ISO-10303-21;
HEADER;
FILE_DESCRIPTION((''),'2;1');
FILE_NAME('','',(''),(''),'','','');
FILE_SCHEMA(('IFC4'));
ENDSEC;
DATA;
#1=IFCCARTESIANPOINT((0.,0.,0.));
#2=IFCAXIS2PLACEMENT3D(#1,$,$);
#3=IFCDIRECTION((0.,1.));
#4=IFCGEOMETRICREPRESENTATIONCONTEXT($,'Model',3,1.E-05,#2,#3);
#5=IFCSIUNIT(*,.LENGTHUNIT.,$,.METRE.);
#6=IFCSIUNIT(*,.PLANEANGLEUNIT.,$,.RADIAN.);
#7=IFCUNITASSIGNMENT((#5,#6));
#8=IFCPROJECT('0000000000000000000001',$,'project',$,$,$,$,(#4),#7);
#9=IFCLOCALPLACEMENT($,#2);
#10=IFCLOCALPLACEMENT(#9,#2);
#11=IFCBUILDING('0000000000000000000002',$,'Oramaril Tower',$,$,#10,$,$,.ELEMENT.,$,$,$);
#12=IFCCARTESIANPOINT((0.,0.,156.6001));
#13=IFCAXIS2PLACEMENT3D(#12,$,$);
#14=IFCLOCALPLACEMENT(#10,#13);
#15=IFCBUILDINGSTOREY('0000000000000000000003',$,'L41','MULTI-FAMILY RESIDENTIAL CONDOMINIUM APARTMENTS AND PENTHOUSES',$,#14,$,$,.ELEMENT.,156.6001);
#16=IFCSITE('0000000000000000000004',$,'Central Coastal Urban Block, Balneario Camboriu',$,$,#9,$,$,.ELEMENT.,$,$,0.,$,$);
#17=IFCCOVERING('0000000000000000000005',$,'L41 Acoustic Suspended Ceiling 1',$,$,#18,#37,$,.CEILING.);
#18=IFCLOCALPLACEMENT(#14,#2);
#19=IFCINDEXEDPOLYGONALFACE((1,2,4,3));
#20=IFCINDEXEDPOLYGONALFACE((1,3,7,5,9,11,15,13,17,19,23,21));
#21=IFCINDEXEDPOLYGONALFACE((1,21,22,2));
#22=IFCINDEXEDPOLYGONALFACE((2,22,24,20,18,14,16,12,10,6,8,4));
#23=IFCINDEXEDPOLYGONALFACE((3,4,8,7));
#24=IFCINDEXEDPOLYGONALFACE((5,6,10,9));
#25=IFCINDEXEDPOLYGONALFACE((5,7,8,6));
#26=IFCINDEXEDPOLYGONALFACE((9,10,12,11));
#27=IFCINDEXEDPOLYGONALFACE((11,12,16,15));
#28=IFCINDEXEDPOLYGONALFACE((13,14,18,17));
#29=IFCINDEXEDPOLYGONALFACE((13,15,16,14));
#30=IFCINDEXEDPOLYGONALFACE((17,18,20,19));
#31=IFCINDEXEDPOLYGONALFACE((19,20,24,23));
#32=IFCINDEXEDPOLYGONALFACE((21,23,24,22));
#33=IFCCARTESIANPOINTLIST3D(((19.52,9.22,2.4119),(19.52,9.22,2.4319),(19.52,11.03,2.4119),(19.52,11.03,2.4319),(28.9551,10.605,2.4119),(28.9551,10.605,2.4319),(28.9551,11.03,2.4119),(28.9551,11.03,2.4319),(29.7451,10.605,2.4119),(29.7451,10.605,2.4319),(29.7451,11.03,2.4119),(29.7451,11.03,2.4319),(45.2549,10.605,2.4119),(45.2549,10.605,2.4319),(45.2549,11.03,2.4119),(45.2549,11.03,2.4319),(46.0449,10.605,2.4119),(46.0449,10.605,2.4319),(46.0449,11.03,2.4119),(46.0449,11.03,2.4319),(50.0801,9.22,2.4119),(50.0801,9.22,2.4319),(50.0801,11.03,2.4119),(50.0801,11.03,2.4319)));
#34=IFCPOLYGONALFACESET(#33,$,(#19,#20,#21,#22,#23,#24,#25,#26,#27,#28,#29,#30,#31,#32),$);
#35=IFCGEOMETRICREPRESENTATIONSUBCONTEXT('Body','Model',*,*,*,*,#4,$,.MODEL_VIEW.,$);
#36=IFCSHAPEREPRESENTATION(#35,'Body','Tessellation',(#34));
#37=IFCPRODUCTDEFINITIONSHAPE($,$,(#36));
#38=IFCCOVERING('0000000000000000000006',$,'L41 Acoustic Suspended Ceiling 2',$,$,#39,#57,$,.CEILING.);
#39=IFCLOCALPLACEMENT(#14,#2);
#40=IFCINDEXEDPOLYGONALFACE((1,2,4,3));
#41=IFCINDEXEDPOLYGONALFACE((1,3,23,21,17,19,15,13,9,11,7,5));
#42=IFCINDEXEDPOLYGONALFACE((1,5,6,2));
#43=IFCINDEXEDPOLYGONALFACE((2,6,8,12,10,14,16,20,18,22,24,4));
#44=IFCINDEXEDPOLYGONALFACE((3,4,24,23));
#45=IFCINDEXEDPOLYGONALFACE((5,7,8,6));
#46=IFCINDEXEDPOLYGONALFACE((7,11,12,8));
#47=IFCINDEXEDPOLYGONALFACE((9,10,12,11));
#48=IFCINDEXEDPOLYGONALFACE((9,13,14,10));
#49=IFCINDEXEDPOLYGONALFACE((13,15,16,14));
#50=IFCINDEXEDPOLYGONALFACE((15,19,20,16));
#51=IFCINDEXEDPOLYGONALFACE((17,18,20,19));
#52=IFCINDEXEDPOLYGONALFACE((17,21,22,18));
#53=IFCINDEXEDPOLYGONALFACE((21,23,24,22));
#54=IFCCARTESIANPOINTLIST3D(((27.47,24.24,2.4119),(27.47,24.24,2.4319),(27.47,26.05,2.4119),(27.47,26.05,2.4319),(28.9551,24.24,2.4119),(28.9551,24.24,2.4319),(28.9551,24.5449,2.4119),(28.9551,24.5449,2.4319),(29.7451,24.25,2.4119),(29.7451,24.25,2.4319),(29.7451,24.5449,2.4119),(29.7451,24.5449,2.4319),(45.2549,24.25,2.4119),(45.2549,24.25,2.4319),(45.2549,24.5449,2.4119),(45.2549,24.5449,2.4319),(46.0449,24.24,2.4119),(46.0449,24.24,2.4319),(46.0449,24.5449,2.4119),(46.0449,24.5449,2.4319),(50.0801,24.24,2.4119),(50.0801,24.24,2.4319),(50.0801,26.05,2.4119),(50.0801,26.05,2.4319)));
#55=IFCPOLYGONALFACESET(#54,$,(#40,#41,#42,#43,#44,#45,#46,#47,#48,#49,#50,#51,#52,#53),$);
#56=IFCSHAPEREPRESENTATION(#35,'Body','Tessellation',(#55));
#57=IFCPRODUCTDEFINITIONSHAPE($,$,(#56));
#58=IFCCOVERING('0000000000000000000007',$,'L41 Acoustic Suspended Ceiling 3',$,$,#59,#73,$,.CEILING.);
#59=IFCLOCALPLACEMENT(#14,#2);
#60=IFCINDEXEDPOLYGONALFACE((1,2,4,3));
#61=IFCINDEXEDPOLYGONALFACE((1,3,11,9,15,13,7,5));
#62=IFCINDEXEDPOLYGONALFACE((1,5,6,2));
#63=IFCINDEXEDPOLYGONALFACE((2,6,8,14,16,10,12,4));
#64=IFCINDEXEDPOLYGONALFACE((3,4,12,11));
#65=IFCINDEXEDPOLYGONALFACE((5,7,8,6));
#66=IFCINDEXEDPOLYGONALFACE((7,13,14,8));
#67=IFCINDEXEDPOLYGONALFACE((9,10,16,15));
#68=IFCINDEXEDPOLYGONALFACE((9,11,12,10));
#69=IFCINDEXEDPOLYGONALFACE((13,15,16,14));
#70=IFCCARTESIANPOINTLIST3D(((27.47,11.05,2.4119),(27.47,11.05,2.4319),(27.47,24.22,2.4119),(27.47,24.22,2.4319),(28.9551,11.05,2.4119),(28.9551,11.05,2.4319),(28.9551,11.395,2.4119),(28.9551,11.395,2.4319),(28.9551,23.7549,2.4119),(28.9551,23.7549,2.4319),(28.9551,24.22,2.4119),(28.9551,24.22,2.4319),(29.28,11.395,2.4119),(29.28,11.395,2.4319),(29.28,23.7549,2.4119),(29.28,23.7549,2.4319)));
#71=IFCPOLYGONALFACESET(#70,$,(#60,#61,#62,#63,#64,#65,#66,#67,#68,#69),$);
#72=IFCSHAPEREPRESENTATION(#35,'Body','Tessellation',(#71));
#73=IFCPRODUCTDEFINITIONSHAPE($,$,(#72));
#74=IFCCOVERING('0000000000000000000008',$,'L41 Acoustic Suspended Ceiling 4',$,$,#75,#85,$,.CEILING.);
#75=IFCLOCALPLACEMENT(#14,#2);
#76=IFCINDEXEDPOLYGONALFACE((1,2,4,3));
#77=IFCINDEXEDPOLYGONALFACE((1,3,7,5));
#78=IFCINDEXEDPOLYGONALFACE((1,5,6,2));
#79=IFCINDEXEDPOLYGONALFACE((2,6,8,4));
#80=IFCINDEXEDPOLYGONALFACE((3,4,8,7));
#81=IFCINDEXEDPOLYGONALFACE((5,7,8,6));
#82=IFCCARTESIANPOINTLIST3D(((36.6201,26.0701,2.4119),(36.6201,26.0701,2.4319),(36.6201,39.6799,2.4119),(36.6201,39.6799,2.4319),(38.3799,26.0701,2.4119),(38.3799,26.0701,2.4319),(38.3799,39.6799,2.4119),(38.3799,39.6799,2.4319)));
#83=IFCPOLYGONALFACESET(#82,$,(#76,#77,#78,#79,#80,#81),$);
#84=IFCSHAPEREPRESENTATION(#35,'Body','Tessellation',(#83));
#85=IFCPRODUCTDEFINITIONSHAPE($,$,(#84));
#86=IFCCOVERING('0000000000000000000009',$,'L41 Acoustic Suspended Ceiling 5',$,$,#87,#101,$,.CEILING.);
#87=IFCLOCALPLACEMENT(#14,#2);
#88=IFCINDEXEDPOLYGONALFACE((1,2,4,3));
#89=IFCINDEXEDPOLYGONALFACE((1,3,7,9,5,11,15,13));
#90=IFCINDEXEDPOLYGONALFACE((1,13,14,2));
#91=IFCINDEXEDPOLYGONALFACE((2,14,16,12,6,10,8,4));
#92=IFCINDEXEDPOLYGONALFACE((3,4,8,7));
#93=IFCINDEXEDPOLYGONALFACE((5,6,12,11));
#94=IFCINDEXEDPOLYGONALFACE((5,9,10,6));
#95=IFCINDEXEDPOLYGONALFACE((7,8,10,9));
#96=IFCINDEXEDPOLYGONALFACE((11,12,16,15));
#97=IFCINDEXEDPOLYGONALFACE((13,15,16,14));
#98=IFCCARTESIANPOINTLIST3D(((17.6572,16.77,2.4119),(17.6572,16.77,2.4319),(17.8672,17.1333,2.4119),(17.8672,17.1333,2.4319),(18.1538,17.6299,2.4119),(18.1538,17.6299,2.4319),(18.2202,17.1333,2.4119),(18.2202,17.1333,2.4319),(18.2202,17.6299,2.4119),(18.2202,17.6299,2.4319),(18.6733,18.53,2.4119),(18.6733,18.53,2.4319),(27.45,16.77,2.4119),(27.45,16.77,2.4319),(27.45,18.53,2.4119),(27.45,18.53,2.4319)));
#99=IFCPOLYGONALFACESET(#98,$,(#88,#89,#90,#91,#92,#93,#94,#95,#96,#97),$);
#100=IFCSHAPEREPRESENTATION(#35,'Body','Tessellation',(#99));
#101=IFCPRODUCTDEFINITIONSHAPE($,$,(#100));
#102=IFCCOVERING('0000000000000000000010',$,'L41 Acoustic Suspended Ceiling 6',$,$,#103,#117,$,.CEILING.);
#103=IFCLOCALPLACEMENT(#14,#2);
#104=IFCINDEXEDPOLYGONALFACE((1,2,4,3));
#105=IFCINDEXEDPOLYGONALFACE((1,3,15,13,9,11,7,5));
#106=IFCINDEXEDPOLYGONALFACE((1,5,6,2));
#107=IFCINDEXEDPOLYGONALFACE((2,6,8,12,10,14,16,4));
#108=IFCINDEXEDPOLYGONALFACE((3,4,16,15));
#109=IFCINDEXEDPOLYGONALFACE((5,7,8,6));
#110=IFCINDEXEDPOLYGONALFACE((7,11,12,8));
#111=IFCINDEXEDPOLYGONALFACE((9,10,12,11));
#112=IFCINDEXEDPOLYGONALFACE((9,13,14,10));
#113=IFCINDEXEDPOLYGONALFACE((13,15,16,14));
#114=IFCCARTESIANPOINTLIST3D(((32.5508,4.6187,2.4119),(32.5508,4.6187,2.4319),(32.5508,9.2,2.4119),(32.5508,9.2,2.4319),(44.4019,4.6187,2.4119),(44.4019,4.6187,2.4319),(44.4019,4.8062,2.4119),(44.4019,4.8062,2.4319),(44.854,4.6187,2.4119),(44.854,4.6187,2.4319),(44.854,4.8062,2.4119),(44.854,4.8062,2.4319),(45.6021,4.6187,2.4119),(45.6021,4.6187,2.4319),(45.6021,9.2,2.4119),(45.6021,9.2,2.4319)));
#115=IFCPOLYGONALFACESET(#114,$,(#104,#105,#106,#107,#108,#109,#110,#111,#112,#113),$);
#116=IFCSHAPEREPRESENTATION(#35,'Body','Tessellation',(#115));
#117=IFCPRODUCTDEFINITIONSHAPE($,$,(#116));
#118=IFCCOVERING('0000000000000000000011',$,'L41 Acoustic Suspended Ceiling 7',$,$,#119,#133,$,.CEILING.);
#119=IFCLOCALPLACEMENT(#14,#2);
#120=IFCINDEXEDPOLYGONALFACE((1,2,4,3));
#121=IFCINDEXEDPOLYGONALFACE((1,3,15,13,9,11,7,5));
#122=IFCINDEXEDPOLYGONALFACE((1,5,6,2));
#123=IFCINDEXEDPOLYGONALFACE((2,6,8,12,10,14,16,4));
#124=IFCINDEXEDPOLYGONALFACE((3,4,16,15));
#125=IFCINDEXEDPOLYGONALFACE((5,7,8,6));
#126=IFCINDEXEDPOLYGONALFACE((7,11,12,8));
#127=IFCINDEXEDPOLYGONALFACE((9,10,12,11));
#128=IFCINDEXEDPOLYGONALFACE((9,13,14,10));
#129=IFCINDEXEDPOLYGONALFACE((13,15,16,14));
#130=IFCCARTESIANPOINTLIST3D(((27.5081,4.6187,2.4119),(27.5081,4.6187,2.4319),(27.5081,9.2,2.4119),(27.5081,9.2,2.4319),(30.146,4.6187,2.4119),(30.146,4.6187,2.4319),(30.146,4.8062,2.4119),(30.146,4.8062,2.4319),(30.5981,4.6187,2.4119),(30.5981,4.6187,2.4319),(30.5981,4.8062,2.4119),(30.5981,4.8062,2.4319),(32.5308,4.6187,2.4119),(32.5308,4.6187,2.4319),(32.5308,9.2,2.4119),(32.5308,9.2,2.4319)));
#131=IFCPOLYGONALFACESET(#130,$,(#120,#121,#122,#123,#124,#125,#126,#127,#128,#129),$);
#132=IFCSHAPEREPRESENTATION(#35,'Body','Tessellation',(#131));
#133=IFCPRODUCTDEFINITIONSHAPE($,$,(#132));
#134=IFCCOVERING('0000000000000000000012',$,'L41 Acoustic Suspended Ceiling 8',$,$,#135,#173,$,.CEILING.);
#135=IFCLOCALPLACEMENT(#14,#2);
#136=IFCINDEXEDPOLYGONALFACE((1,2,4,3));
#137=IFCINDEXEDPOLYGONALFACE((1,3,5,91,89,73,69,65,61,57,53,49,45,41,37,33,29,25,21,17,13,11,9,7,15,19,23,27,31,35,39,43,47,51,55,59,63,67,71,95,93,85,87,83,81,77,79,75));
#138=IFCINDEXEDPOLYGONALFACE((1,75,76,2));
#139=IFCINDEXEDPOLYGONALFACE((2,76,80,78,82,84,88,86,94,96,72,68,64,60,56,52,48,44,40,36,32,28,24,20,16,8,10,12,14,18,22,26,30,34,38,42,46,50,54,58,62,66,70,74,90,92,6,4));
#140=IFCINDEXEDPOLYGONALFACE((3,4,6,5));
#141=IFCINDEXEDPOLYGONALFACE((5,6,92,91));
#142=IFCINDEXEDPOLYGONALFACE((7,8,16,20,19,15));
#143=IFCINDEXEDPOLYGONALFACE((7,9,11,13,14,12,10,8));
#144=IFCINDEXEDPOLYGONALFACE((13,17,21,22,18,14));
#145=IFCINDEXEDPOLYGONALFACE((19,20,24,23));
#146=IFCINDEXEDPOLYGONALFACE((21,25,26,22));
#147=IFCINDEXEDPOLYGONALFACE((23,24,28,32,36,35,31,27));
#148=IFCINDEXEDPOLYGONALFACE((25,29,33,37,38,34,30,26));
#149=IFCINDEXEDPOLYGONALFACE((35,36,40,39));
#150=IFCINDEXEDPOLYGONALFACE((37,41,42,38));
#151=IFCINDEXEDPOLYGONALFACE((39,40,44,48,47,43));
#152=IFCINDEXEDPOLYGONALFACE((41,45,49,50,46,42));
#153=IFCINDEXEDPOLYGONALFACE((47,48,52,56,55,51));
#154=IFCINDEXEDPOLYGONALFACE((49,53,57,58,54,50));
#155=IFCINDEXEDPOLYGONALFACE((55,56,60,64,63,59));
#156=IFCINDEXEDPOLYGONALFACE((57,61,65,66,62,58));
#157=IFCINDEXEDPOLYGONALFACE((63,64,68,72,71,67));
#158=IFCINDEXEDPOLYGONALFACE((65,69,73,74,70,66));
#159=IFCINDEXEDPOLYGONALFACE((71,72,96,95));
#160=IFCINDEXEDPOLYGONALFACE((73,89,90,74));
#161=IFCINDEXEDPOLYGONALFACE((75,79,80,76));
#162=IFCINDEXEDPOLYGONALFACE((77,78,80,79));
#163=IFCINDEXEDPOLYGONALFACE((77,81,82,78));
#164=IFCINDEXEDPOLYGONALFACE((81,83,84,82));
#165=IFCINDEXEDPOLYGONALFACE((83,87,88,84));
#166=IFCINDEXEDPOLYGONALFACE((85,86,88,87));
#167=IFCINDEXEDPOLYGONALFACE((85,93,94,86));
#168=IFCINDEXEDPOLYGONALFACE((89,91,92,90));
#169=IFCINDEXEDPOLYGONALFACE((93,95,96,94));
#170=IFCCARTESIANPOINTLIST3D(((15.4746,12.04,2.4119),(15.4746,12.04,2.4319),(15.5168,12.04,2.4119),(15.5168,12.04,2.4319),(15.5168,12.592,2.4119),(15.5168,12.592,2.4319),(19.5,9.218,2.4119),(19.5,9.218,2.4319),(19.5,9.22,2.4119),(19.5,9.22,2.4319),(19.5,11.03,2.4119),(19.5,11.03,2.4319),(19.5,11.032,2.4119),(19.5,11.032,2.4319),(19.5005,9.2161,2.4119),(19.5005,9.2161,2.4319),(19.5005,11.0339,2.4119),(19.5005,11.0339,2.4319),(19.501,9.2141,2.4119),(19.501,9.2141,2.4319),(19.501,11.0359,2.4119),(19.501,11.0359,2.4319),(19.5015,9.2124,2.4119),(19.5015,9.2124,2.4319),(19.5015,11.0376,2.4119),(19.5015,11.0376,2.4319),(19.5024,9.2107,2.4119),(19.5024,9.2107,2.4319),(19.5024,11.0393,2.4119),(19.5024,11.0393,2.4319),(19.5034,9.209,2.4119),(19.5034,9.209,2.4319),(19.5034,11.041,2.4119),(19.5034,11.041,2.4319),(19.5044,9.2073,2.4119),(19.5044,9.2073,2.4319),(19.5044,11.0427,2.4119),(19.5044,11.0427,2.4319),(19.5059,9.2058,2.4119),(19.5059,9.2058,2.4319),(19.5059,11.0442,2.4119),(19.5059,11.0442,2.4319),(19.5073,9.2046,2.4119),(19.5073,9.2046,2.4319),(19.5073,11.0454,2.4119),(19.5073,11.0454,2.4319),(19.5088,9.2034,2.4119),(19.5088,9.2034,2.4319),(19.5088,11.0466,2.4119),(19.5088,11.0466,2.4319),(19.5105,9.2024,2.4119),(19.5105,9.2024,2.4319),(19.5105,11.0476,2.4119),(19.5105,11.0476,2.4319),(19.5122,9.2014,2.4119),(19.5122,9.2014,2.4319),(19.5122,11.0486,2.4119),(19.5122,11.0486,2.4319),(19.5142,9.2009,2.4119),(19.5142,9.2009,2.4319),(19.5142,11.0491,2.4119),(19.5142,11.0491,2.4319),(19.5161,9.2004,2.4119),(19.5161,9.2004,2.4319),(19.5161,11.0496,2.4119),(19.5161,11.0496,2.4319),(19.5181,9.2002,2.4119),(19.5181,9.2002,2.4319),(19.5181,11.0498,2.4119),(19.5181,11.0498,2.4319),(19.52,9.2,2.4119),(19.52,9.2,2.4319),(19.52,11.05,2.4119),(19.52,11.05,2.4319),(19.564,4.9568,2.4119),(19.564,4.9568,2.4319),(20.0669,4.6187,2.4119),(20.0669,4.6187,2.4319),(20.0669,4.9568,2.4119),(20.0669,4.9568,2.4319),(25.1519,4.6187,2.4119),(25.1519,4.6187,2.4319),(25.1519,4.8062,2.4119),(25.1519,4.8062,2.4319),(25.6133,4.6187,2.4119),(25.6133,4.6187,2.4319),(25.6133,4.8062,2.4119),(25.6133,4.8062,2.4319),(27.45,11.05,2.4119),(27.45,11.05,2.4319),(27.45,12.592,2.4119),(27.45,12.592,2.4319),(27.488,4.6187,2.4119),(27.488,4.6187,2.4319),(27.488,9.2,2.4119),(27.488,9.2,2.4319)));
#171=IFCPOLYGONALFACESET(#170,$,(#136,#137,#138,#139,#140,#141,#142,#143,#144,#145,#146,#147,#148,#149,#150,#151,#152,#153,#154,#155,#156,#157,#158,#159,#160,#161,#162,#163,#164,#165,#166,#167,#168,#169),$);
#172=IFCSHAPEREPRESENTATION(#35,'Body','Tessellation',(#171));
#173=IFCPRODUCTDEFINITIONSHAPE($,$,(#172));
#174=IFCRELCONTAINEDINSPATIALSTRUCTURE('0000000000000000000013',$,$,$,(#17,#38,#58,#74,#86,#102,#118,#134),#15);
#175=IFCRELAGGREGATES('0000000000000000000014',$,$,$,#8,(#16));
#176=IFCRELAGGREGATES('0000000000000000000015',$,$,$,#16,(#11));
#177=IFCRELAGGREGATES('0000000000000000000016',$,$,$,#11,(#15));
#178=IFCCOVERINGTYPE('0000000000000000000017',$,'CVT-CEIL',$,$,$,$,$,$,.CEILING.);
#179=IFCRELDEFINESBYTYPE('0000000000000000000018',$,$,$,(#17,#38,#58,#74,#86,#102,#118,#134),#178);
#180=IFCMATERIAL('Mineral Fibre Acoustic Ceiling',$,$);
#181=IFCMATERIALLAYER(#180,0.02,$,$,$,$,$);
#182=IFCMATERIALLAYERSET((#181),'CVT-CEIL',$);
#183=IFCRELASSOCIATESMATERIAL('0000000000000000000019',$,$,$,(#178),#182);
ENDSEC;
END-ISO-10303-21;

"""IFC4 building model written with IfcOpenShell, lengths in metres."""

from ifc_helpers import new_model, si_unit, direction, frame, origin, place, context, subcontext, project, spatial, polyline, outline, extrude, material, layer, layer_set, type_object, element, save


model = new_model("IFC4")

# Units and contexts
model_context = context("Model", 3, precision=1e-05, world=origin(), true_north=direction((0.0, 1.0)))
body_context = subcontext(model_context, "Body", "Model", "MODEL_VIEW")
ifc_project = project(units=[si_unit("LENGTHUNIT", "METRE"), si_unit("PLANEANGLEUNIT", "RADIAN")], contexts=[model_context])

# Site, building, storey
site_placement = place(None, origin())
site = spatial("IfcSite", under=ifc_project, at=site_placement, Name="Central Coastal Urban Block, Balneario Camboriu", CompositionType="ELEMENT", RefElevation=0.0)
building_placement = place(site_placement, origin())
building = spatial("IfcBuilding", under=site, at=building_placement, Name="Oramaril Tower", CompositionType="ELEMENT")
storey_placement = place(building_placement, frame((0.0, 0.0, 156.6001)))
storey = spatial("IfcBuildingStorey", under=building, at=storey_placement, Name="L41", Description="MULTI-FAMILY RESIDENTIAL CONDOMINIUM APARTMENTS AND PENTHOUSES", CompositionType="ELEMENT", Elevation=156.6001)

# Coverings
ifc_material_1 = material(Name="Mineral Fibre Acoustic Ceiling")
ifc_layer_1 = layer(ifc_material_1, 0.02)
ifc_layer_set_1 = layer_set([ifc_layer_1], Name="CVT-CEIL")
covering_type_1 = type_object("IfcCoveringType", Name="CVT-CEIL", PredefinedType="CEILING", material=ifc_layer_set_1)
covering_1_placement = place(storey_placement, frame((0.0, 0.0, 2.4119)))
element("IfcCovering", 1, at=covering_1_placement, inside=storey, type_object=covering_type_1, Name="L41 Acoustic Suspended Ceiling 1", PredefinedType="CEILING", context=body_context, shape_type="SweptSolid", body=[
    extrude(outline(polyline([(28.9551, 10.605), (29.7451, 10.605), (29.7451, 11.03), (45.2549, 11.03), (45.2549, 10.605), (46.0449, 10.605), (46.0449, 11.03), (50.0801, 11.03), (50.0801, 9.22), (19.52, 9.22), (19.52, 11.03), (28.9551, 11.03), (28.9551, 10.605)])), origin(), (0.0, 0.0, 1.0), 0.02),
])
covering_2_placement = place(storey_placement, frame((0.0, 0.0, 2.4119)))
element("IfcCovering", 2, at=covering_2_placement, inside=storey, type_object=covering_type_1, Name="L41 Acoustic Suspended Ceiling 2", PredefinedType="CEILING", context=body_context, shape_type="SweptSolid", body=[
    extrude(outline(polyline([(50.0801, 24.24), (46.0449, 24.24), (46.0449, 24.5449), (45.2549, 24.5449), (45.2549, 24.25), (29.7451, 24.25), (29.7451, 24.5449), (28.9551, 24.5449), (28.9551, 24.24), (27.47, 24.24), (27.47, 26.05), (50.0801, 26.05), (50.0801, 24.24)])), origin(), (0.0, 0.0, 1.0), 0.02),
])
covering_3_placement = place(storey_placement, frame((0.0, 0.0, 2.4119)))
element("IfcCovering", 3, at=covering_3_placement, inside=storey, type_object=covering_type_1, Name="L41 Acoustic Suspended Ceiling 3", PredefinedType="CEILING", context=body_context, shape_type="SweptSolid", body=[
    extrude(outline(polyline([(28.9551, 23.7549), (29.28, 23.7549), (29.28, 11.395), (28.9551, 11.395), (28.9551, 11.05), (27.47, 11.05), (27.47, 24.22), (28.9551, 24.22), (28.9551, 23.7549)])), origin(), (0.0, 0.0, 1.0), 0.02),
])
covering_4_placement = place(storey_placement, frame((0.0, 0.0, 2.4119)))
element("IfcCovering", 4, at=covering_4_placement, inside=storey, type_object=covering_type_1, Name="L41 Acoustic Suspended Ceiling 4", PredefinedType="CEILING", context=body_context, shape_type="SweptSolid", body=[
    extrude(outline(polyline([(38.3799, 26.0701), (36.6201, 26.0701), (36.6201, 39.6799), (38.3799, 39.6799), (38.3799, 26.0701)])), origin(), (0.0, 0.0, 1.0), 0.02),
])
covering_5_placement = place(storey_placement, frame((0.0, 0.0, 2.4119)))
element("IfcCovering", 5, at=covering_5_placement, inside=storey, type_object=covering_type_1, Name="L41 Acoustic Suspended Ceiling 5", PredefinedType="CEILING", context=body_context, shape_type="SweptSolid", body=[
    extrude(outline(polyline([(17.6572, 16.77), (17.8672, 17.1333), (18.2202, 17.1333), (18.2202, 17.6299), (18.1538, 17.6299), (18.6733, 18.53), (27.45, 18.53), (27.45, 16.77), (17.6572, 16.77)])), origin(), (0.0, 0.0, 1.0), 0.02),
])
covering_6_placement = place(storey_placement, frame((0.0, 0.0, 2.4119)))
element("IfcCovering", 6, at=covering_6_placement, inside=storey, type_object=covering_type_1, Name="L41 Acoustic Suspended Ceiling 6", PredefinedType="CEILING", context=body_context, shape_type="SweptSolid", body=[
    extrude(outline(polyline([(44.854, 4.8062), (44.4019, 4.8062), (44.4019, 4.6187), (32.5508, 4.6187), (32.5508, 9.2), (45.6021, 9.2), (45.6021, 4.6187), (44.854, 4.6187), (44.854, 4.8062)])), origin(), (0.0, 0.0, 1.0), 0.02),
])
covering_7_placement = place(storey_placement, frame((0.0, 0.0, 2.4119)))
element("IfcCovering", 7, at=covering_7_placement, inside=storey, type_object=covering_type_1, Name="L41 Acoustic Suspended Ceiling 7", PredefinedType="CEILING", context=body_context, shape_type="SweptSolid", body=[
    extrude(outline(polyline([(30.5981, 4.8062), (30.146, 4.8062), (30.146, 4.6187), (27.5081, 4.6187), (27.5081, 9.2), (32.5308, 9.2), (32.5308, 4.6187), (30.5981, 4.6187), (30.5981, 4.8062)])), origin(), (0.0, 0.0, 1.0), 0.02),
])
covering_8_placement = place(storey_placement, frame((0.0, 0.0, 2.4119)))
element("IfcCovering", 8, at=covering_8_placement, inside=storey, type_object=covering_type_1, Name="L41 Acoustic Suspended Ceiling 8", PredefinedType="CEILING", context=body_context, shape_type="SweptSolid", body=[
    extrude(outline(polyline([(25.6133, 4.6187), (25.6133, 4.8062), (25.1519, 4.8062), (25.1519, 4.6187), (20.0669, 4.6187), (20.0669, 4.9568), (19.564, 4.9568), (15.4746, 12.04), (15.5168, 12.04), (15.5168, 12.592), (27.45, 12.592), (27.45, 11.05), (19.52, 11.05), (19.5181, 11.0498), (19.5161, 11.0496), (19.5142, 11.0491), (19.5122, 11.0486), (19.5105, 11.0476), (19.5088, 11.0466), (19.5073, 11.0454), (19.5059, 11.0442), (19.5044, 11.0427), (19.5034, 11.041), (19.5024, 11.0393), (19.5015, 11.0376), (19.501, 11.0359), (19.5005, 11.0339), (19.5, 11.032), (19.5, 11.03), (19.5, 9.22), (19.5, 9.218), (19.5005, 9.2161), (19.501, 9.2141), (19.5015, 9.2124), (19.5024, 9.2107), (19.5034, 9.209), (19.5044, 9.2073), (19.5059, 9.2058), (19.5073, 9.2046), (19.5088, 9.2034), (19.5105, 9.2024), (19.5122, 9.2014), (19.5142, 9.2009), (19.5161, 9.2004), (19.5181, 9.2002), (19.52, 9.2), (27.488, 9.2), (27.488, 4.6187), (25.6133, 4.6187)])), origin(), (0.0, 0.0, 1.0), 0.02),
])

save(model, "model.ifc")
